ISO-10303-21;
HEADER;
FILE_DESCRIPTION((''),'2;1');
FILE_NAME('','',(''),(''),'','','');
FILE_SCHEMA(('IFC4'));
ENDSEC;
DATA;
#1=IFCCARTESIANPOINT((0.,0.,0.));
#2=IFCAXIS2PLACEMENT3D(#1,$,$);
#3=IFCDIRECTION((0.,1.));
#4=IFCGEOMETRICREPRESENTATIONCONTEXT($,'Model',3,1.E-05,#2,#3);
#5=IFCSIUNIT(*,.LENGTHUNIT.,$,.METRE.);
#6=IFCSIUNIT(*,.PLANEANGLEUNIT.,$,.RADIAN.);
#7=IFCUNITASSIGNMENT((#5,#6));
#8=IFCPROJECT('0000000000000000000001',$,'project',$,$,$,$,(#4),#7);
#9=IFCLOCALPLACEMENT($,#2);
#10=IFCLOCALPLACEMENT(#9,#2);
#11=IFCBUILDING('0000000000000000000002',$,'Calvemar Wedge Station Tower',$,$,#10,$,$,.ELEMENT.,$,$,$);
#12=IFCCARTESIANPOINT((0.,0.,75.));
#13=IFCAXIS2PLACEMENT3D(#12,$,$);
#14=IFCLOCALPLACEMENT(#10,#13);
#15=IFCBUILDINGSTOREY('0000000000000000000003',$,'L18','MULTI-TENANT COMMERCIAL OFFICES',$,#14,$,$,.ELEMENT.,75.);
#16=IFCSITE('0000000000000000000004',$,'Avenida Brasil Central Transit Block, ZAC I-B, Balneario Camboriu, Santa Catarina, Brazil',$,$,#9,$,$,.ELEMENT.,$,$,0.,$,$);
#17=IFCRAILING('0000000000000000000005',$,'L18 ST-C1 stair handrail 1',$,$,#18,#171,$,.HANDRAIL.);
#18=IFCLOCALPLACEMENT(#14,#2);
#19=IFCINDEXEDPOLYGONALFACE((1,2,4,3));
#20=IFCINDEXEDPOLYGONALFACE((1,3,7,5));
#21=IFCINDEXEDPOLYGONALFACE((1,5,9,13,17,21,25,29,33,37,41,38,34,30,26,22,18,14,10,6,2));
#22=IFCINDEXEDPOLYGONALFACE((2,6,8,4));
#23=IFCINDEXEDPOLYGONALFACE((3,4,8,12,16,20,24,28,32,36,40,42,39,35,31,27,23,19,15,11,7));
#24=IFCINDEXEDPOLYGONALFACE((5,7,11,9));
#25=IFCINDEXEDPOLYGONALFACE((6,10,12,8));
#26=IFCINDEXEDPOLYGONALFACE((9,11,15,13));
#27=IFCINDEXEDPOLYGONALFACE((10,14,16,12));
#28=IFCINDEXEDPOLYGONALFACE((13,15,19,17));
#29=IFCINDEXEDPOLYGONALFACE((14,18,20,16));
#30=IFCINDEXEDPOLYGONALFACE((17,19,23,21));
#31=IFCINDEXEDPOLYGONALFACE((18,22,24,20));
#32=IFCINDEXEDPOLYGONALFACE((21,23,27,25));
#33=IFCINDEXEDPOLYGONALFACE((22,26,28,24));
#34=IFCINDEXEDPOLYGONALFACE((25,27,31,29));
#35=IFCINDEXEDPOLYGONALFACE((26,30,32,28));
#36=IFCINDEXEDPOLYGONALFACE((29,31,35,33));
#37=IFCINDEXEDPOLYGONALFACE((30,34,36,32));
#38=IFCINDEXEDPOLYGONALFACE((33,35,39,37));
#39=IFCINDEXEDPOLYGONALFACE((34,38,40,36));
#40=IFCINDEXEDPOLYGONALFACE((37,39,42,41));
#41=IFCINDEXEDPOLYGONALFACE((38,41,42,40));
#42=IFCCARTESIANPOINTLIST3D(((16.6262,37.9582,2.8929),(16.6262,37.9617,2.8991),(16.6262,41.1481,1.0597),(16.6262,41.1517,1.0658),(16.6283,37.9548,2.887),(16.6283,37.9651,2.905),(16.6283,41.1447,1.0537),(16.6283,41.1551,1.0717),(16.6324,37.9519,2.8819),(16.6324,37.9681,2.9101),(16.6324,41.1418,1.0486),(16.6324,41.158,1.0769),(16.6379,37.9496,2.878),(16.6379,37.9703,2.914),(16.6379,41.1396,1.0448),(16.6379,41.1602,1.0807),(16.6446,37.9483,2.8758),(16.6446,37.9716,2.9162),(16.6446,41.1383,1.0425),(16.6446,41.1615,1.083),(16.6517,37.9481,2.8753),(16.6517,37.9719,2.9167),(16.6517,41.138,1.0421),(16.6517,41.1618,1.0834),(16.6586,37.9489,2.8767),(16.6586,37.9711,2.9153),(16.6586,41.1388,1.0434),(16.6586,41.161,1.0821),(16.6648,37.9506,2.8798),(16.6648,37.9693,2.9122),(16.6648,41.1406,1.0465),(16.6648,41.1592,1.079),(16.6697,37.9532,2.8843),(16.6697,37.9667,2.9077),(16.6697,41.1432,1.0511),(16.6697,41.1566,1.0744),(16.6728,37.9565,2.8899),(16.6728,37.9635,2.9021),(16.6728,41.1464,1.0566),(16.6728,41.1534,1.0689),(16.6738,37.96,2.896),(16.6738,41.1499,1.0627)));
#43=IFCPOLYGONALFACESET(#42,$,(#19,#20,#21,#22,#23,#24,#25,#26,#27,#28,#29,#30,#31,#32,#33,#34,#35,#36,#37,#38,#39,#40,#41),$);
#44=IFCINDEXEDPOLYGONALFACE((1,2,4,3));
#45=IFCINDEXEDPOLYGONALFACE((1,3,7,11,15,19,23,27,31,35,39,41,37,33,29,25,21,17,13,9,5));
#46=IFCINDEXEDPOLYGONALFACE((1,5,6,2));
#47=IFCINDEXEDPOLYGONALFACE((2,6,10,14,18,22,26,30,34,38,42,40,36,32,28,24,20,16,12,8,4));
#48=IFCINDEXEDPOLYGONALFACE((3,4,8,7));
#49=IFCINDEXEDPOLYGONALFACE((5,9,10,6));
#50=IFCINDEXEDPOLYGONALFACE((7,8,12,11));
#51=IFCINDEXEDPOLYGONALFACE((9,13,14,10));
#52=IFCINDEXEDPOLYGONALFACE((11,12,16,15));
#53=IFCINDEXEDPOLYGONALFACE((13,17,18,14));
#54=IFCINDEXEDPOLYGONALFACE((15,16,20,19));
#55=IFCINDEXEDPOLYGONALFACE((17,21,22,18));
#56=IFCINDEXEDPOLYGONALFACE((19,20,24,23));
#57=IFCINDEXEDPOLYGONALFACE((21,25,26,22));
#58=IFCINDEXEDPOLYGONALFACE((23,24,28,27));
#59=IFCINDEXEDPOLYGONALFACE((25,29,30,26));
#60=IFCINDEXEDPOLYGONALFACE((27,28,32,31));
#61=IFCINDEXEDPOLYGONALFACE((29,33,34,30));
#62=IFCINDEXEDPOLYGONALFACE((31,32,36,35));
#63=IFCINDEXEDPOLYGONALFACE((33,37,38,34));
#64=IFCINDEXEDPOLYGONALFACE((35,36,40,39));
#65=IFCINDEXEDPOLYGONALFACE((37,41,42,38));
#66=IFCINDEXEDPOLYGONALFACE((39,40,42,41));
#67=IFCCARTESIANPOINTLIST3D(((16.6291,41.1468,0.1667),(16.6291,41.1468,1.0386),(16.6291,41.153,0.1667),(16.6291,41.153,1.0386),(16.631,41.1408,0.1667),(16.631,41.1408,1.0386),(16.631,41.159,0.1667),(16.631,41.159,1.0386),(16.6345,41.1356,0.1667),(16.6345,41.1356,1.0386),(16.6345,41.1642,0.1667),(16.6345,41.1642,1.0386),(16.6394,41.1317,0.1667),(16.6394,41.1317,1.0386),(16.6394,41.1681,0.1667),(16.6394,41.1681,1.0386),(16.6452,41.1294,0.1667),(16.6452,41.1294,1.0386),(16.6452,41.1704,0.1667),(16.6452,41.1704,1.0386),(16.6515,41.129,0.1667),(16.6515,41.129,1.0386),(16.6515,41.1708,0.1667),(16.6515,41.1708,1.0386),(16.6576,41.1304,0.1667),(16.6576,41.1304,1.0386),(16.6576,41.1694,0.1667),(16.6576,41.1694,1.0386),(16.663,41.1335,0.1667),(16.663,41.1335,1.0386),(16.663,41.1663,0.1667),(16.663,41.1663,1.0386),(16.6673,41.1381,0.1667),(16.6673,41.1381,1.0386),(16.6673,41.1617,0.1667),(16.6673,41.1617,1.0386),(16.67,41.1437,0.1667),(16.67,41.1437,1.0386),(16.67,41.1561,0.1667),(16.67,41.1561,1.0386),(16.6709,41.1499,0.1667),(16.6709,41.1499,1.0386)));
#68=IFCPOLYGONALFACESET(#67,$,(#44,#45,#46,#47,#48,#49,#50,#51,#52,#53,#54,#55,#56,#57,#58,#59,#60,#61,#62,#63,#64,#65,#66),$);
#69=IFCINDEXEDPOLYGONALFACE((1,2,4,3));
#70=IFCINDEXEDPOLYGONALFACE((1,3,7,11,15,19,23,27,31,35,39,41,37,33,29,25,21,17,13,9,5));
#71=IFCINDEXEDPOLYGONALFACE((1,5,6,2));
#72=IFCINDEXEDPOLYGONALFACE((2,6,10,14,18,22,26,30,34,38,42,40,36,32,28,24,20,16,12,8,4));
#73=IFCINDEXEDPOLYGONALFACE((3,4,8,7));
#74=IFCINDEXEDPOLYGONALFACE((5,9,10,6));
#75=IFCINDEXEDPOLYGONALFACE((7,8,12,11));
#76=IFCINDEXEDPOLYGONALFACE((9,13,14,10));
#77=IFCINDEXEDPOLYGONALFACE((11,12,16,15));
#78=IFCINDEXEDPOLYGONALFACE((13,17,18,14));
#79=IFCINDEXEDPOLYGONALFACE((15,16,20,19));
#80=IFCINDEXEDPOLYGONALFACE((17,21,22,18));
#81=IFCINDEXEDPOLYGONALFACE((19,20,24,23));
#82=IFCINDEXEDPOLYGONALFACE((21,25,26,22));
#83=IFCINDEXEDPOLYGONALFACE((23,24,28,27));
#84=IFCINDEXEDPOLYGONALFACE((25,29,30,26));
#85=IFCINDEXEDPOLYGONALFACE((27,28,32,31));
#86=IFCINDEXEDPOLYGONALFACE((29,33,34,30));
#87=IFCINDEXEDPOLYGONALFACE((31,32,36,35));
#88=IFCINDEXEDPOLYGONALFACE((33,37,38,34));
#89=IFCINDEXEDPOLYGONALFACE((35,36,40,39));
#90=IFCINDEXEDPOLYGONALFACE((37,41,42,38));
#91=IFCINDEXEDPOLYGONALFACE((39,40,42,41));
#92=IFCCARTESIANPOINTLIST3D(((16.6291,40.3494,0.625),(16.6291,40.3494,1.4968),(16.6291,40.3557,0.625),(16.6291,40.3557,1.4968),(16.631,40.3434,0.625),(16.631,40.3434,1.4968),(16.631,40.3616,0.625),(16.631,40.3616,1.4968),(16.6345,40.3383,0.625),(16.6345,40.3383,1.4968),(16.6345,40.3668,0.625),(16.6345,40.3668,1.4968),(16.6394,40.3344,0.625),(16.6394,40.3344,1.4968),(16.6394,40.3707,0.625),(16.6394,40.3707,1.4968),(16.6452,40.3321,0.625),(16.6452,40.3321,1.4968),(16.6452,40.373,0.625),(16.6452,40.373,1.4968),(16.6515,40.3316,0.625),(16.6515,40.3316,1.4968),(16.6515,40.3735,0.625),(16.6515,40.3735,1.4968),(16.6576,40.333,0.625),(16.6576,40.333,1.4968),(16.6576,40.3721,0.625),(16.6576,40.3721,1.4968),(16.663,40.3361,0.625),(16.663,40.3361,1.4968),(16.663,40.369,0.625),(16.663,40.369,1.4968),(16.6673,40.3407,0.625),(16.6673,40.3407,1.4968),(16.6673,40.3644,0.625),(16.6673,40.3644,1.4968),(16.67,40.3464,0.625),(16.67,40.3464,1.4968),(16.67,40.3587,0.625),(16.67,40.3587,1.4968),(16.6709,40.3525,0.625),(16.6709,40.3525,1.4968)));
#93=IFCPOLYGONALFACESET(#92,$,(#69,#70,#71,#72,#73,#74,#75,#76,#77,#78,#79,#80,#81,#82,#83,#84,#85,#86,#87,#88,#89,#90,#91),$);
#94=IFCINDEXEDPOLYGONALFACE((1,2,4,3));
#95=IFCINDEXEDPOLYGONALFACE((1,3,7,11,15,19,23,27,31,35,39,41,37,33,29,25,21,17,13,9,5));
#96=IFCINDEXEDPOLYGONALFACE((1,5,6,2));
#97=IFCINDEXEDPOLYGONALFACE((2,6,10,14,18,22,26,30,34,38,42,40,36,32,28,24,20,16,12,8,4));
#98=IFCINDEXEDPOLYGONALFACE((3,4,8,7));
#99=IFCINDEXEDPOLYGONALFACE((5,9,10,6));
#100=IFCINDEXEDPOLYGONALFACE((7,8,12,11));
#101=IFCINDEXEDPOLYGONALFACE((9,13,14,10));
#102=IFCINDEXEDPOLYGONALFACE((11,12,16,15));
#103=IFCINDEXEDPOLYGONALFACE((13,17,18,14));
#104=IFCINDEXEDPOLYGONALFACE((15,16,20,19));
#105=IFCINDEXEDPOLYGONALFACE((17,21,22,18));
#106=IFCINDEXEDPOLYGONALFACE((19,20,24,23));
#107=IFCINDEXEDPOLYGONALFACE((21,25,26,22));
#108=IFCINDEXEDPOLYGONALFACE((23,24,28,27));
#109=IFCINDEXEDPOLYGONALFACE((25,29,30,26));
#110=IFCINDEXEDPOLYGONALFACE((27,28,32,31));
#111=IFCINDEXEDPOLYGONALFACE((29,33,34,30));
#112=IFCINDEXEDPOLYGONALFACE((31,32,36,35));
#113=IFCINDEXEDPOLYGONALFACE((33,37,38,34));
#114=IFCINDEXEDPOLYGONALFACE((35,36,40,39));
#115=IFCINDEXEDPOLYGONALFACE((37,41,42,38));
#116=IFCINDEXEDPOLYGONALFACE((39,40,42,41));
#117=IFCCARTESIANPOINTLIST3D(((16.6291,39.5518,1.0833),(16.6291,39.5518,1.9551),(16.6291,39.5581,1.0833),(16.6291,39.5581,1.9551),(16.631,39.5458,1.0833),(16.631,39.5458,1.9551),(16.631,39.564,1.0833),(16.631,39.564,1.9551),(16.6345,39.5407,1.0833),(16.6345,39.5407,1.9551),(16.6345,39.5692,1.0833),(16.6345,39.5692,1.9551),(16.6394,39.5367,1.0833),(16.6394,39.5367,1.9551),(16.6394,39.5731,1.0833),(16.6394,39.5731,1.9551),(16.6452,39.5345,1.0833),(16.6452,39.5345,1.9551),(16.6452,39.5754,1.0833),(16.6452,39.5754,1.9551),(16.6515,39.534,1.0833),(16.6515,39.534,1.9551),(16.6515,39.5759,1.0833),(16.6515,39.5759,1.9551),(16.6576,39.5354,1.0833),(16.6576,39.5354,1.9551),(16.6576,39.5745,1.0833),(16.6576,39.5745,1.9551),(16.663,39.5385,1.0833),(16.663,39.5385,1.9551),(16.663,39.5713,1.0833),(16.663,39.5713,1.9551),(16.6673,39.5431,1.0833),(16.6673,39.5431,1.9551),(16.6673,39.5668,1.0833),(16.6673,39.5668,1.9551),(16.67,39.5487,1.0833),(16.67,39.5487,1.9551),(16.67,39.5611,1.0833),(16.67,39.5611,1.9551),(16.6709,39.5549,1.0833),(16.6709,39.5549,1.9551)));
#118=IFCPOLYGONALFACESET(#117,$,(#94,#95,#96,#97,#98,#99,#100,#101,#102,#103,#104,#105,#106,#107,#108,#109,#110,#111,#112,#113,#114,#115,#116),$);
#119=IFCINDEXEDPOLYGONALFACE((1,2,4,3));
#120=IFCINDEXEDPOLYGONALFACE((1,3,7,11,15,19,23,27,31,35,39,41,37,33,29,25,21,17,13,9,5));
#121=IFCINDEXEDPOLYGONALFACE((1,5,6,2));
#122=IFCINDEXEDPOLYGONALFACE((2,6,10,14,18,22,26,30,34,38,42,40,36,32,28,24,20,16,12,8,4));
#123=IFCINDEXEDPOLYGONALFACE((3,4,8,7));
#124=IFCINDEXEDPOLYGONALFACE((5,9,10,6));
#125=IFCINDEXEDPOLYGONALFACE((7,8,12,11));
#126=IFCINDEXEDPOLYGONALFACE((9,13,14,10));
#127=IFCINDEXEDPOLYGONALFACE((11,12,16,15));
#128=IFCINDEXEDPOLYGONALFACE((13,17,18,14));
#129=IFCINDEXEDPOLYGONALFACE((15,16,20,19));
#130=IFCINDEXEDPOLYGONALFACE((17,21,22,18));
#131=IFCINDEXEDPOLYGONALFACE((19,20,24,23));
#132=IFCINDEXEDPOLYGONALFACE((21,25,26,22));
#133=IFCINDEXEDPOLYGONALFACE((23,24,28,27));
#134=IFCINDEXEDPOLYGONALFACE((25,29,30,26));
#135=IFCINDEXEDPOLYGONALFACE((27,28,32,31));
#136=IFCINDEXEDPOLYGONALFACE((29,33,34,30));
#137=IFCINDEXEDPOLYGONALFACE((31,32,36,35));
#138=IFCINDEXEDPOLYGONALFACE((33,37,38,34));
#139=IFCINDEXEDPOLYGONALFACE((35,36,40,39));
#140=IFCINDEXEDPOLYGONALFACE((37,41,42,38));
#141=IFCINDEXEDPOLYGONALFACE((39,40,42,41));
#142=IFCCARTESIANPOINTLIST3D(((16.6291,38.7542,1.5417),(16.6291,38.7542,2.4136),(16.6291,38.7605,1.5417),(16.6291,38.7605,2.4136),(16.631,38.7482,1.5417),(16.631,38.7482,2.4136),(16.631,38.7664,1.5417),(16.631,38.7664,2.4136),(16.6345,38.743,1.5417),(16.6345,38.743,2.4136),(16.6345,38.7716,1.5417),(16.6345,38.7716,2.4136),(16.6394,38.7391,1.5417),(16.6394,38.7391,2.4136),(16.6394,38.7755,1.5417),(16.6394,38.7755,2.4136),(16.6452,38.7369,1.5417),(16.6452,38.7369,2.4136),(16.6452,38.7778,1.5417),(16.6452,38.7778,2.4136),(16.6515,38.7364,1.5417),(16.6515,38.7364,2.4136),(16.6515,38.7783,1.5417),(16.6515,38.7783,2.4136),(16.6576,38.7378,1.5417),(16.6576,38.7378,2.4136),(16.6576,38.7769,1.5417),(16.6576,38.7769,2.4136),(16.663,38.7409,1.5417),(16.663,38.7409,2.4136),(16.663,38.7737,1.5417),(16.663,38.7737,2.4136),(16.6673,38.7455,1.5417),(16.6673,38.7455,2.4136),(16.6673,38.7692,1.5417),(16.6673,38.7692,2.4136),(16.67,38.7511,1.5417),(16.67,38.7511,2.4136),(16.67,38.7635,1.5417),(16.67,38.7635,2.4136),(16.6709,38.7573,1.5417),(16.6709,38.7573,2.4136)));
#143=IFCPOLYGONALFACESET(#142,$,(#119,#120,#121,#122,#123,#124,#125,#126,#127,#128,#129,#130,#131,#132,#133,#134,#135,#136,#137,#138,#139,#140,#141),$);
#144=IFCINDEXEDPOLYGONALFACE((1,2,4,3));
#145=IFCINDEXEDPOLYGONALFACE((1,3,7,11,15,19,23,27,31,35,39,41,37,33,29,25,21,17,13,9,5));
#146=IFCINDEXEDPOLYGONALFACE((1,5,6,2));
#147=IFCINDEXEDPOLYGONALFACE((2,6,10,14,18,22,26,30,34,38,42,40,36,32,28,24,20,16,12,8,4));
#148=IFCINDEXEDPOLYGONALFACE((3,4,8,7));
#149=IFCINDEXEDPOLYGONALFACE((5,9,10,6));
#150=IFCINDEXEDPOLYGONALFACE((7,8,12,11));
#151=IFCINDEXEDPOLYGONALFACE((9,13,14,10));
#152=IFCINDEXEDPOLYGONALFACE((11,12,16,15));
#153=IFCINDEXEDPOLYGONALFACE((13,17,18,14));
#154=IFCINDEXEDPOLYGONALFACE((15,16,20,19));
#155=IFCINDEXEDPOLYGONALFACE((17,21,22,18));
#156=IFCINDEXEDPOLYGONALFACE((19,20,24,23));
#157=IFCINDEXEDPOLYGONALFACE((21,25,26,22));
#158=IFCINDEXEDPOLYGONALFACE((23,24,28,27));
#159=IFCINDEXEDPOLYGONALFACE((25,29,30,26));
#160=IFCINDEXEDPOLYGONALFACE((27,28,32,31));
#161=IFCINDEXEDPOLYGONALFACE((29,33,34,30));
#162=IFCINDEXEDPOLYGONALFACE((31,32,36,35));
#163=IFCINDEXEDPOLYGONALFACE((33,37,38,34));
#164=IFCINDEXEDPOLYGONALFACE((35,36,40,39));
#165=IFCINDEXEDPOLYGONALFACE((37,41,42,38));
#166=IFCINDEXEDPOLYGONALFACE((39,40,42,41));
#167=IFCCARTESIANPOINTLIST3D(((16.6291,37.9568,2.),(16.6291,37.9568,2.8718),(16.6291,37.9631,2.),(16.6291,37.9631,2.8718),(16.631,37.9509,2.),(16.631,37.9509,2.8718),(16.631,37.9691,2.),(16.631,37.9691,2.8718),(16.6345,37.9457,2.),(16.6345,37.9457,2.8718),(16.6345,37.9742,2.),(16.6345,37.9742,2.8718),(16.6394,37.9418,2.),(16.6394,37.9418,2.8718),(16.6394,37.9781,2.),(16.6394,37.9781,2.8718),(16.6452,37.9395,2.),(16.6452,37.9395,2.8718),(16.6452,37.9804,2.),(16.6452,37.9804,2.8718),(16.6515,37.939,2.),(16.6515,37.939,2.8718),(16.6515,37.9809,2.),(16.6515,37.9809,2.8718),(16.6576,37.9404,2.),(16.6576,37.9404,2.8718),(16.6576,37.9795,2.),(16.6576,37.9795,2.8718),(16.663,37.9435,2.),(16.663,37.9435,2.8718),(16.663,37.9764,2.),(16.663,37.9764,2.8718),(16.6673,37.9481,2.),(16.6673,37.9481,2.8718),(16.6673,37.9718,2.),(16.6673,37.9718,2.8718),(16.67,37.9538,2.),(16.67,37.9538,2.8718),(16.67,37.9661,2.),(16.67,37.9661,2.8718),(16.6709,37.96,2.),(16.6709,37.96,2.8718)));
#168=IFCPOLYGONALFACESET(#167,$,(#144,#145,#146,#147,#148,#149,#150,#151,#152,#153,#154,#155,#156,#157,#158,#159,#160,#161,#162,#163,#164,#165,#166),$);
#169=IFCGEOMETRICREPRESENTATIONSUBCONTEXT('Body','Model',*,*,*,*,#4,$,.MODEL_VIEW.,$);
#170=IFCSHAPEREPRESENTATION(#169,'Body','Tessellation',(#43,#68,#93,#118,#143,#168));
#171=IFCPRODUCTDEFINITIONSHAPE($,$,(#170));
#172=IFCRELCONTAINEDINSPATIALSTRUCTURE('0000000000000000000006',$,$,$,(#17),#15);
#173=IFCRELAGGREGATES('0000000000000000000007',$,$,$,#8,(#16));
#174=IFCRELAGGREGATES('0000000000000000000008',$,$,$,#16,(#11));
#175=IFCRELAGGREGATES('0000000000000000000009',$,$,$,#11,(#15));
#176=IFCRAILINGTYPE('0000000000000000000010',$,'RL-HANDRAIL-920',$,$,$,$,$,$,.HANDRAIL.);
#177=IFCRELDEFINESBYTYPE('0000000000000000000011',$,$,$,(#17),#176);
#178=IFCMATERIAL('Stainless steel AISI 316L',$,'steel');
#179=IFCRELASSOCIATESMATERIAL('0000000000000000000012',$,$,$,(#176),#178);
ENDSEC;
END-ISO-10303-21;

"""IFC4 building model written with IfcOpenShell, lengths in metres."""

from ifc_helpers import new_model, si_unit, direction, frame, origin, origin_2d, place, context, subcontext, project, spatial, circle, extrude, material, type_object, element, save


model = new_model("IFC4")

# Units and contexts
model_context = context("Model", 3, precision=1e-05, world=origin(), true_north=direction((0.0, 1.0)))
body_context = subcontext(model_context, "Body", "Model", "MODEL_VIEW")
ifc_project = project(units=[si_unit("LENGTHUNIT", "METRE"), si_unit("PLANEANGLEUNIT", "RADIAN")], contexts=[model_context])

# Site, building, storey
site_placement = place(None, origin())
site = spatial("IfcSite", under=ifc_project, at=site_placement, Name="Avenida Brasil Central Transit Block, ZAC I-B, Balneario Camboriu, Santa Catarina, Brazil", CompositionType="ELEMENT", RefElevation=0.0)
building_placement = place(site_placement, origin())
building = spatial("IfcBuilding", under=site, at=building_placement, Name="Calvemar Wedge Station Tower", CompositionType="ELEMENT")
storey_placement = place(building_placement, frame((0.0, 0.0, 75.0)))
storey = spatial("IfcBuildingStorey", under=building, at=storey_placement, Name="L18", Description="MULTI-TENANT COMMERCIAL OFFICES", CompositionType="ELEMENT", Elevation=75.0)

# Railing
ifc_material_1 = material(Name="Stainless steel AISI 316L", Category="steel")
railing_type_1 = type_object("IfcRailingType", Name="RL-HANDRAIL-920", PredefinedType="HANDRAIL", material=ifc_material_1)
railing_1_placement = place(storey_placement, frame((16.6499, 41.1499, 0.1667)))
element("IfcRailing", 1, at=railing_1_placement, inside=storey, type_object=railing_type_1, Name="L18 ST-C1 stair handrail 1", PredefinedType="HANDRAIL", context=body_context, shape_type="SweptSolid", body=[
    extrude(circle(Radius=0.0239, at=origin_2d()), frame((0.0, 0.0, 0.896), z_axis=(0.0, -0.86702, 0.498274), x_axis=(1.0, 0.0, 0.0)), (0.0, 0.0, 1.0), 3.6792),
    extrude(circle(Radius=0.021, at=origin_2d()), origin(), (0.0, 0.0, 1.0), 0.8718),
    extrude(circle(Radius=0.021, at=origin_2d()), frame((0.0, -0.7974, 0.4583)), (0.0, 0.0, 1.0), 0.8718),
    extrude(circle(Radius=0.021, at=origin_2d()), frame((0.0, -1.595, 0.9165)), (0.0, 0.0, 1.0), 0.8718),
    extrude(circle(Radius=0.021, at=origin_2d()), frame((0.0, -2.3926, 1.375)), (0.0, 0.0, 1.0), 0.8718),
    extrude(circle(Radius=0.021, at=origin_2d()), frame((0.0, -3.1899, 1.8333)), (0.0, 0.0, 1.0), 0.8718),
])

save(model, "model.ifc")
